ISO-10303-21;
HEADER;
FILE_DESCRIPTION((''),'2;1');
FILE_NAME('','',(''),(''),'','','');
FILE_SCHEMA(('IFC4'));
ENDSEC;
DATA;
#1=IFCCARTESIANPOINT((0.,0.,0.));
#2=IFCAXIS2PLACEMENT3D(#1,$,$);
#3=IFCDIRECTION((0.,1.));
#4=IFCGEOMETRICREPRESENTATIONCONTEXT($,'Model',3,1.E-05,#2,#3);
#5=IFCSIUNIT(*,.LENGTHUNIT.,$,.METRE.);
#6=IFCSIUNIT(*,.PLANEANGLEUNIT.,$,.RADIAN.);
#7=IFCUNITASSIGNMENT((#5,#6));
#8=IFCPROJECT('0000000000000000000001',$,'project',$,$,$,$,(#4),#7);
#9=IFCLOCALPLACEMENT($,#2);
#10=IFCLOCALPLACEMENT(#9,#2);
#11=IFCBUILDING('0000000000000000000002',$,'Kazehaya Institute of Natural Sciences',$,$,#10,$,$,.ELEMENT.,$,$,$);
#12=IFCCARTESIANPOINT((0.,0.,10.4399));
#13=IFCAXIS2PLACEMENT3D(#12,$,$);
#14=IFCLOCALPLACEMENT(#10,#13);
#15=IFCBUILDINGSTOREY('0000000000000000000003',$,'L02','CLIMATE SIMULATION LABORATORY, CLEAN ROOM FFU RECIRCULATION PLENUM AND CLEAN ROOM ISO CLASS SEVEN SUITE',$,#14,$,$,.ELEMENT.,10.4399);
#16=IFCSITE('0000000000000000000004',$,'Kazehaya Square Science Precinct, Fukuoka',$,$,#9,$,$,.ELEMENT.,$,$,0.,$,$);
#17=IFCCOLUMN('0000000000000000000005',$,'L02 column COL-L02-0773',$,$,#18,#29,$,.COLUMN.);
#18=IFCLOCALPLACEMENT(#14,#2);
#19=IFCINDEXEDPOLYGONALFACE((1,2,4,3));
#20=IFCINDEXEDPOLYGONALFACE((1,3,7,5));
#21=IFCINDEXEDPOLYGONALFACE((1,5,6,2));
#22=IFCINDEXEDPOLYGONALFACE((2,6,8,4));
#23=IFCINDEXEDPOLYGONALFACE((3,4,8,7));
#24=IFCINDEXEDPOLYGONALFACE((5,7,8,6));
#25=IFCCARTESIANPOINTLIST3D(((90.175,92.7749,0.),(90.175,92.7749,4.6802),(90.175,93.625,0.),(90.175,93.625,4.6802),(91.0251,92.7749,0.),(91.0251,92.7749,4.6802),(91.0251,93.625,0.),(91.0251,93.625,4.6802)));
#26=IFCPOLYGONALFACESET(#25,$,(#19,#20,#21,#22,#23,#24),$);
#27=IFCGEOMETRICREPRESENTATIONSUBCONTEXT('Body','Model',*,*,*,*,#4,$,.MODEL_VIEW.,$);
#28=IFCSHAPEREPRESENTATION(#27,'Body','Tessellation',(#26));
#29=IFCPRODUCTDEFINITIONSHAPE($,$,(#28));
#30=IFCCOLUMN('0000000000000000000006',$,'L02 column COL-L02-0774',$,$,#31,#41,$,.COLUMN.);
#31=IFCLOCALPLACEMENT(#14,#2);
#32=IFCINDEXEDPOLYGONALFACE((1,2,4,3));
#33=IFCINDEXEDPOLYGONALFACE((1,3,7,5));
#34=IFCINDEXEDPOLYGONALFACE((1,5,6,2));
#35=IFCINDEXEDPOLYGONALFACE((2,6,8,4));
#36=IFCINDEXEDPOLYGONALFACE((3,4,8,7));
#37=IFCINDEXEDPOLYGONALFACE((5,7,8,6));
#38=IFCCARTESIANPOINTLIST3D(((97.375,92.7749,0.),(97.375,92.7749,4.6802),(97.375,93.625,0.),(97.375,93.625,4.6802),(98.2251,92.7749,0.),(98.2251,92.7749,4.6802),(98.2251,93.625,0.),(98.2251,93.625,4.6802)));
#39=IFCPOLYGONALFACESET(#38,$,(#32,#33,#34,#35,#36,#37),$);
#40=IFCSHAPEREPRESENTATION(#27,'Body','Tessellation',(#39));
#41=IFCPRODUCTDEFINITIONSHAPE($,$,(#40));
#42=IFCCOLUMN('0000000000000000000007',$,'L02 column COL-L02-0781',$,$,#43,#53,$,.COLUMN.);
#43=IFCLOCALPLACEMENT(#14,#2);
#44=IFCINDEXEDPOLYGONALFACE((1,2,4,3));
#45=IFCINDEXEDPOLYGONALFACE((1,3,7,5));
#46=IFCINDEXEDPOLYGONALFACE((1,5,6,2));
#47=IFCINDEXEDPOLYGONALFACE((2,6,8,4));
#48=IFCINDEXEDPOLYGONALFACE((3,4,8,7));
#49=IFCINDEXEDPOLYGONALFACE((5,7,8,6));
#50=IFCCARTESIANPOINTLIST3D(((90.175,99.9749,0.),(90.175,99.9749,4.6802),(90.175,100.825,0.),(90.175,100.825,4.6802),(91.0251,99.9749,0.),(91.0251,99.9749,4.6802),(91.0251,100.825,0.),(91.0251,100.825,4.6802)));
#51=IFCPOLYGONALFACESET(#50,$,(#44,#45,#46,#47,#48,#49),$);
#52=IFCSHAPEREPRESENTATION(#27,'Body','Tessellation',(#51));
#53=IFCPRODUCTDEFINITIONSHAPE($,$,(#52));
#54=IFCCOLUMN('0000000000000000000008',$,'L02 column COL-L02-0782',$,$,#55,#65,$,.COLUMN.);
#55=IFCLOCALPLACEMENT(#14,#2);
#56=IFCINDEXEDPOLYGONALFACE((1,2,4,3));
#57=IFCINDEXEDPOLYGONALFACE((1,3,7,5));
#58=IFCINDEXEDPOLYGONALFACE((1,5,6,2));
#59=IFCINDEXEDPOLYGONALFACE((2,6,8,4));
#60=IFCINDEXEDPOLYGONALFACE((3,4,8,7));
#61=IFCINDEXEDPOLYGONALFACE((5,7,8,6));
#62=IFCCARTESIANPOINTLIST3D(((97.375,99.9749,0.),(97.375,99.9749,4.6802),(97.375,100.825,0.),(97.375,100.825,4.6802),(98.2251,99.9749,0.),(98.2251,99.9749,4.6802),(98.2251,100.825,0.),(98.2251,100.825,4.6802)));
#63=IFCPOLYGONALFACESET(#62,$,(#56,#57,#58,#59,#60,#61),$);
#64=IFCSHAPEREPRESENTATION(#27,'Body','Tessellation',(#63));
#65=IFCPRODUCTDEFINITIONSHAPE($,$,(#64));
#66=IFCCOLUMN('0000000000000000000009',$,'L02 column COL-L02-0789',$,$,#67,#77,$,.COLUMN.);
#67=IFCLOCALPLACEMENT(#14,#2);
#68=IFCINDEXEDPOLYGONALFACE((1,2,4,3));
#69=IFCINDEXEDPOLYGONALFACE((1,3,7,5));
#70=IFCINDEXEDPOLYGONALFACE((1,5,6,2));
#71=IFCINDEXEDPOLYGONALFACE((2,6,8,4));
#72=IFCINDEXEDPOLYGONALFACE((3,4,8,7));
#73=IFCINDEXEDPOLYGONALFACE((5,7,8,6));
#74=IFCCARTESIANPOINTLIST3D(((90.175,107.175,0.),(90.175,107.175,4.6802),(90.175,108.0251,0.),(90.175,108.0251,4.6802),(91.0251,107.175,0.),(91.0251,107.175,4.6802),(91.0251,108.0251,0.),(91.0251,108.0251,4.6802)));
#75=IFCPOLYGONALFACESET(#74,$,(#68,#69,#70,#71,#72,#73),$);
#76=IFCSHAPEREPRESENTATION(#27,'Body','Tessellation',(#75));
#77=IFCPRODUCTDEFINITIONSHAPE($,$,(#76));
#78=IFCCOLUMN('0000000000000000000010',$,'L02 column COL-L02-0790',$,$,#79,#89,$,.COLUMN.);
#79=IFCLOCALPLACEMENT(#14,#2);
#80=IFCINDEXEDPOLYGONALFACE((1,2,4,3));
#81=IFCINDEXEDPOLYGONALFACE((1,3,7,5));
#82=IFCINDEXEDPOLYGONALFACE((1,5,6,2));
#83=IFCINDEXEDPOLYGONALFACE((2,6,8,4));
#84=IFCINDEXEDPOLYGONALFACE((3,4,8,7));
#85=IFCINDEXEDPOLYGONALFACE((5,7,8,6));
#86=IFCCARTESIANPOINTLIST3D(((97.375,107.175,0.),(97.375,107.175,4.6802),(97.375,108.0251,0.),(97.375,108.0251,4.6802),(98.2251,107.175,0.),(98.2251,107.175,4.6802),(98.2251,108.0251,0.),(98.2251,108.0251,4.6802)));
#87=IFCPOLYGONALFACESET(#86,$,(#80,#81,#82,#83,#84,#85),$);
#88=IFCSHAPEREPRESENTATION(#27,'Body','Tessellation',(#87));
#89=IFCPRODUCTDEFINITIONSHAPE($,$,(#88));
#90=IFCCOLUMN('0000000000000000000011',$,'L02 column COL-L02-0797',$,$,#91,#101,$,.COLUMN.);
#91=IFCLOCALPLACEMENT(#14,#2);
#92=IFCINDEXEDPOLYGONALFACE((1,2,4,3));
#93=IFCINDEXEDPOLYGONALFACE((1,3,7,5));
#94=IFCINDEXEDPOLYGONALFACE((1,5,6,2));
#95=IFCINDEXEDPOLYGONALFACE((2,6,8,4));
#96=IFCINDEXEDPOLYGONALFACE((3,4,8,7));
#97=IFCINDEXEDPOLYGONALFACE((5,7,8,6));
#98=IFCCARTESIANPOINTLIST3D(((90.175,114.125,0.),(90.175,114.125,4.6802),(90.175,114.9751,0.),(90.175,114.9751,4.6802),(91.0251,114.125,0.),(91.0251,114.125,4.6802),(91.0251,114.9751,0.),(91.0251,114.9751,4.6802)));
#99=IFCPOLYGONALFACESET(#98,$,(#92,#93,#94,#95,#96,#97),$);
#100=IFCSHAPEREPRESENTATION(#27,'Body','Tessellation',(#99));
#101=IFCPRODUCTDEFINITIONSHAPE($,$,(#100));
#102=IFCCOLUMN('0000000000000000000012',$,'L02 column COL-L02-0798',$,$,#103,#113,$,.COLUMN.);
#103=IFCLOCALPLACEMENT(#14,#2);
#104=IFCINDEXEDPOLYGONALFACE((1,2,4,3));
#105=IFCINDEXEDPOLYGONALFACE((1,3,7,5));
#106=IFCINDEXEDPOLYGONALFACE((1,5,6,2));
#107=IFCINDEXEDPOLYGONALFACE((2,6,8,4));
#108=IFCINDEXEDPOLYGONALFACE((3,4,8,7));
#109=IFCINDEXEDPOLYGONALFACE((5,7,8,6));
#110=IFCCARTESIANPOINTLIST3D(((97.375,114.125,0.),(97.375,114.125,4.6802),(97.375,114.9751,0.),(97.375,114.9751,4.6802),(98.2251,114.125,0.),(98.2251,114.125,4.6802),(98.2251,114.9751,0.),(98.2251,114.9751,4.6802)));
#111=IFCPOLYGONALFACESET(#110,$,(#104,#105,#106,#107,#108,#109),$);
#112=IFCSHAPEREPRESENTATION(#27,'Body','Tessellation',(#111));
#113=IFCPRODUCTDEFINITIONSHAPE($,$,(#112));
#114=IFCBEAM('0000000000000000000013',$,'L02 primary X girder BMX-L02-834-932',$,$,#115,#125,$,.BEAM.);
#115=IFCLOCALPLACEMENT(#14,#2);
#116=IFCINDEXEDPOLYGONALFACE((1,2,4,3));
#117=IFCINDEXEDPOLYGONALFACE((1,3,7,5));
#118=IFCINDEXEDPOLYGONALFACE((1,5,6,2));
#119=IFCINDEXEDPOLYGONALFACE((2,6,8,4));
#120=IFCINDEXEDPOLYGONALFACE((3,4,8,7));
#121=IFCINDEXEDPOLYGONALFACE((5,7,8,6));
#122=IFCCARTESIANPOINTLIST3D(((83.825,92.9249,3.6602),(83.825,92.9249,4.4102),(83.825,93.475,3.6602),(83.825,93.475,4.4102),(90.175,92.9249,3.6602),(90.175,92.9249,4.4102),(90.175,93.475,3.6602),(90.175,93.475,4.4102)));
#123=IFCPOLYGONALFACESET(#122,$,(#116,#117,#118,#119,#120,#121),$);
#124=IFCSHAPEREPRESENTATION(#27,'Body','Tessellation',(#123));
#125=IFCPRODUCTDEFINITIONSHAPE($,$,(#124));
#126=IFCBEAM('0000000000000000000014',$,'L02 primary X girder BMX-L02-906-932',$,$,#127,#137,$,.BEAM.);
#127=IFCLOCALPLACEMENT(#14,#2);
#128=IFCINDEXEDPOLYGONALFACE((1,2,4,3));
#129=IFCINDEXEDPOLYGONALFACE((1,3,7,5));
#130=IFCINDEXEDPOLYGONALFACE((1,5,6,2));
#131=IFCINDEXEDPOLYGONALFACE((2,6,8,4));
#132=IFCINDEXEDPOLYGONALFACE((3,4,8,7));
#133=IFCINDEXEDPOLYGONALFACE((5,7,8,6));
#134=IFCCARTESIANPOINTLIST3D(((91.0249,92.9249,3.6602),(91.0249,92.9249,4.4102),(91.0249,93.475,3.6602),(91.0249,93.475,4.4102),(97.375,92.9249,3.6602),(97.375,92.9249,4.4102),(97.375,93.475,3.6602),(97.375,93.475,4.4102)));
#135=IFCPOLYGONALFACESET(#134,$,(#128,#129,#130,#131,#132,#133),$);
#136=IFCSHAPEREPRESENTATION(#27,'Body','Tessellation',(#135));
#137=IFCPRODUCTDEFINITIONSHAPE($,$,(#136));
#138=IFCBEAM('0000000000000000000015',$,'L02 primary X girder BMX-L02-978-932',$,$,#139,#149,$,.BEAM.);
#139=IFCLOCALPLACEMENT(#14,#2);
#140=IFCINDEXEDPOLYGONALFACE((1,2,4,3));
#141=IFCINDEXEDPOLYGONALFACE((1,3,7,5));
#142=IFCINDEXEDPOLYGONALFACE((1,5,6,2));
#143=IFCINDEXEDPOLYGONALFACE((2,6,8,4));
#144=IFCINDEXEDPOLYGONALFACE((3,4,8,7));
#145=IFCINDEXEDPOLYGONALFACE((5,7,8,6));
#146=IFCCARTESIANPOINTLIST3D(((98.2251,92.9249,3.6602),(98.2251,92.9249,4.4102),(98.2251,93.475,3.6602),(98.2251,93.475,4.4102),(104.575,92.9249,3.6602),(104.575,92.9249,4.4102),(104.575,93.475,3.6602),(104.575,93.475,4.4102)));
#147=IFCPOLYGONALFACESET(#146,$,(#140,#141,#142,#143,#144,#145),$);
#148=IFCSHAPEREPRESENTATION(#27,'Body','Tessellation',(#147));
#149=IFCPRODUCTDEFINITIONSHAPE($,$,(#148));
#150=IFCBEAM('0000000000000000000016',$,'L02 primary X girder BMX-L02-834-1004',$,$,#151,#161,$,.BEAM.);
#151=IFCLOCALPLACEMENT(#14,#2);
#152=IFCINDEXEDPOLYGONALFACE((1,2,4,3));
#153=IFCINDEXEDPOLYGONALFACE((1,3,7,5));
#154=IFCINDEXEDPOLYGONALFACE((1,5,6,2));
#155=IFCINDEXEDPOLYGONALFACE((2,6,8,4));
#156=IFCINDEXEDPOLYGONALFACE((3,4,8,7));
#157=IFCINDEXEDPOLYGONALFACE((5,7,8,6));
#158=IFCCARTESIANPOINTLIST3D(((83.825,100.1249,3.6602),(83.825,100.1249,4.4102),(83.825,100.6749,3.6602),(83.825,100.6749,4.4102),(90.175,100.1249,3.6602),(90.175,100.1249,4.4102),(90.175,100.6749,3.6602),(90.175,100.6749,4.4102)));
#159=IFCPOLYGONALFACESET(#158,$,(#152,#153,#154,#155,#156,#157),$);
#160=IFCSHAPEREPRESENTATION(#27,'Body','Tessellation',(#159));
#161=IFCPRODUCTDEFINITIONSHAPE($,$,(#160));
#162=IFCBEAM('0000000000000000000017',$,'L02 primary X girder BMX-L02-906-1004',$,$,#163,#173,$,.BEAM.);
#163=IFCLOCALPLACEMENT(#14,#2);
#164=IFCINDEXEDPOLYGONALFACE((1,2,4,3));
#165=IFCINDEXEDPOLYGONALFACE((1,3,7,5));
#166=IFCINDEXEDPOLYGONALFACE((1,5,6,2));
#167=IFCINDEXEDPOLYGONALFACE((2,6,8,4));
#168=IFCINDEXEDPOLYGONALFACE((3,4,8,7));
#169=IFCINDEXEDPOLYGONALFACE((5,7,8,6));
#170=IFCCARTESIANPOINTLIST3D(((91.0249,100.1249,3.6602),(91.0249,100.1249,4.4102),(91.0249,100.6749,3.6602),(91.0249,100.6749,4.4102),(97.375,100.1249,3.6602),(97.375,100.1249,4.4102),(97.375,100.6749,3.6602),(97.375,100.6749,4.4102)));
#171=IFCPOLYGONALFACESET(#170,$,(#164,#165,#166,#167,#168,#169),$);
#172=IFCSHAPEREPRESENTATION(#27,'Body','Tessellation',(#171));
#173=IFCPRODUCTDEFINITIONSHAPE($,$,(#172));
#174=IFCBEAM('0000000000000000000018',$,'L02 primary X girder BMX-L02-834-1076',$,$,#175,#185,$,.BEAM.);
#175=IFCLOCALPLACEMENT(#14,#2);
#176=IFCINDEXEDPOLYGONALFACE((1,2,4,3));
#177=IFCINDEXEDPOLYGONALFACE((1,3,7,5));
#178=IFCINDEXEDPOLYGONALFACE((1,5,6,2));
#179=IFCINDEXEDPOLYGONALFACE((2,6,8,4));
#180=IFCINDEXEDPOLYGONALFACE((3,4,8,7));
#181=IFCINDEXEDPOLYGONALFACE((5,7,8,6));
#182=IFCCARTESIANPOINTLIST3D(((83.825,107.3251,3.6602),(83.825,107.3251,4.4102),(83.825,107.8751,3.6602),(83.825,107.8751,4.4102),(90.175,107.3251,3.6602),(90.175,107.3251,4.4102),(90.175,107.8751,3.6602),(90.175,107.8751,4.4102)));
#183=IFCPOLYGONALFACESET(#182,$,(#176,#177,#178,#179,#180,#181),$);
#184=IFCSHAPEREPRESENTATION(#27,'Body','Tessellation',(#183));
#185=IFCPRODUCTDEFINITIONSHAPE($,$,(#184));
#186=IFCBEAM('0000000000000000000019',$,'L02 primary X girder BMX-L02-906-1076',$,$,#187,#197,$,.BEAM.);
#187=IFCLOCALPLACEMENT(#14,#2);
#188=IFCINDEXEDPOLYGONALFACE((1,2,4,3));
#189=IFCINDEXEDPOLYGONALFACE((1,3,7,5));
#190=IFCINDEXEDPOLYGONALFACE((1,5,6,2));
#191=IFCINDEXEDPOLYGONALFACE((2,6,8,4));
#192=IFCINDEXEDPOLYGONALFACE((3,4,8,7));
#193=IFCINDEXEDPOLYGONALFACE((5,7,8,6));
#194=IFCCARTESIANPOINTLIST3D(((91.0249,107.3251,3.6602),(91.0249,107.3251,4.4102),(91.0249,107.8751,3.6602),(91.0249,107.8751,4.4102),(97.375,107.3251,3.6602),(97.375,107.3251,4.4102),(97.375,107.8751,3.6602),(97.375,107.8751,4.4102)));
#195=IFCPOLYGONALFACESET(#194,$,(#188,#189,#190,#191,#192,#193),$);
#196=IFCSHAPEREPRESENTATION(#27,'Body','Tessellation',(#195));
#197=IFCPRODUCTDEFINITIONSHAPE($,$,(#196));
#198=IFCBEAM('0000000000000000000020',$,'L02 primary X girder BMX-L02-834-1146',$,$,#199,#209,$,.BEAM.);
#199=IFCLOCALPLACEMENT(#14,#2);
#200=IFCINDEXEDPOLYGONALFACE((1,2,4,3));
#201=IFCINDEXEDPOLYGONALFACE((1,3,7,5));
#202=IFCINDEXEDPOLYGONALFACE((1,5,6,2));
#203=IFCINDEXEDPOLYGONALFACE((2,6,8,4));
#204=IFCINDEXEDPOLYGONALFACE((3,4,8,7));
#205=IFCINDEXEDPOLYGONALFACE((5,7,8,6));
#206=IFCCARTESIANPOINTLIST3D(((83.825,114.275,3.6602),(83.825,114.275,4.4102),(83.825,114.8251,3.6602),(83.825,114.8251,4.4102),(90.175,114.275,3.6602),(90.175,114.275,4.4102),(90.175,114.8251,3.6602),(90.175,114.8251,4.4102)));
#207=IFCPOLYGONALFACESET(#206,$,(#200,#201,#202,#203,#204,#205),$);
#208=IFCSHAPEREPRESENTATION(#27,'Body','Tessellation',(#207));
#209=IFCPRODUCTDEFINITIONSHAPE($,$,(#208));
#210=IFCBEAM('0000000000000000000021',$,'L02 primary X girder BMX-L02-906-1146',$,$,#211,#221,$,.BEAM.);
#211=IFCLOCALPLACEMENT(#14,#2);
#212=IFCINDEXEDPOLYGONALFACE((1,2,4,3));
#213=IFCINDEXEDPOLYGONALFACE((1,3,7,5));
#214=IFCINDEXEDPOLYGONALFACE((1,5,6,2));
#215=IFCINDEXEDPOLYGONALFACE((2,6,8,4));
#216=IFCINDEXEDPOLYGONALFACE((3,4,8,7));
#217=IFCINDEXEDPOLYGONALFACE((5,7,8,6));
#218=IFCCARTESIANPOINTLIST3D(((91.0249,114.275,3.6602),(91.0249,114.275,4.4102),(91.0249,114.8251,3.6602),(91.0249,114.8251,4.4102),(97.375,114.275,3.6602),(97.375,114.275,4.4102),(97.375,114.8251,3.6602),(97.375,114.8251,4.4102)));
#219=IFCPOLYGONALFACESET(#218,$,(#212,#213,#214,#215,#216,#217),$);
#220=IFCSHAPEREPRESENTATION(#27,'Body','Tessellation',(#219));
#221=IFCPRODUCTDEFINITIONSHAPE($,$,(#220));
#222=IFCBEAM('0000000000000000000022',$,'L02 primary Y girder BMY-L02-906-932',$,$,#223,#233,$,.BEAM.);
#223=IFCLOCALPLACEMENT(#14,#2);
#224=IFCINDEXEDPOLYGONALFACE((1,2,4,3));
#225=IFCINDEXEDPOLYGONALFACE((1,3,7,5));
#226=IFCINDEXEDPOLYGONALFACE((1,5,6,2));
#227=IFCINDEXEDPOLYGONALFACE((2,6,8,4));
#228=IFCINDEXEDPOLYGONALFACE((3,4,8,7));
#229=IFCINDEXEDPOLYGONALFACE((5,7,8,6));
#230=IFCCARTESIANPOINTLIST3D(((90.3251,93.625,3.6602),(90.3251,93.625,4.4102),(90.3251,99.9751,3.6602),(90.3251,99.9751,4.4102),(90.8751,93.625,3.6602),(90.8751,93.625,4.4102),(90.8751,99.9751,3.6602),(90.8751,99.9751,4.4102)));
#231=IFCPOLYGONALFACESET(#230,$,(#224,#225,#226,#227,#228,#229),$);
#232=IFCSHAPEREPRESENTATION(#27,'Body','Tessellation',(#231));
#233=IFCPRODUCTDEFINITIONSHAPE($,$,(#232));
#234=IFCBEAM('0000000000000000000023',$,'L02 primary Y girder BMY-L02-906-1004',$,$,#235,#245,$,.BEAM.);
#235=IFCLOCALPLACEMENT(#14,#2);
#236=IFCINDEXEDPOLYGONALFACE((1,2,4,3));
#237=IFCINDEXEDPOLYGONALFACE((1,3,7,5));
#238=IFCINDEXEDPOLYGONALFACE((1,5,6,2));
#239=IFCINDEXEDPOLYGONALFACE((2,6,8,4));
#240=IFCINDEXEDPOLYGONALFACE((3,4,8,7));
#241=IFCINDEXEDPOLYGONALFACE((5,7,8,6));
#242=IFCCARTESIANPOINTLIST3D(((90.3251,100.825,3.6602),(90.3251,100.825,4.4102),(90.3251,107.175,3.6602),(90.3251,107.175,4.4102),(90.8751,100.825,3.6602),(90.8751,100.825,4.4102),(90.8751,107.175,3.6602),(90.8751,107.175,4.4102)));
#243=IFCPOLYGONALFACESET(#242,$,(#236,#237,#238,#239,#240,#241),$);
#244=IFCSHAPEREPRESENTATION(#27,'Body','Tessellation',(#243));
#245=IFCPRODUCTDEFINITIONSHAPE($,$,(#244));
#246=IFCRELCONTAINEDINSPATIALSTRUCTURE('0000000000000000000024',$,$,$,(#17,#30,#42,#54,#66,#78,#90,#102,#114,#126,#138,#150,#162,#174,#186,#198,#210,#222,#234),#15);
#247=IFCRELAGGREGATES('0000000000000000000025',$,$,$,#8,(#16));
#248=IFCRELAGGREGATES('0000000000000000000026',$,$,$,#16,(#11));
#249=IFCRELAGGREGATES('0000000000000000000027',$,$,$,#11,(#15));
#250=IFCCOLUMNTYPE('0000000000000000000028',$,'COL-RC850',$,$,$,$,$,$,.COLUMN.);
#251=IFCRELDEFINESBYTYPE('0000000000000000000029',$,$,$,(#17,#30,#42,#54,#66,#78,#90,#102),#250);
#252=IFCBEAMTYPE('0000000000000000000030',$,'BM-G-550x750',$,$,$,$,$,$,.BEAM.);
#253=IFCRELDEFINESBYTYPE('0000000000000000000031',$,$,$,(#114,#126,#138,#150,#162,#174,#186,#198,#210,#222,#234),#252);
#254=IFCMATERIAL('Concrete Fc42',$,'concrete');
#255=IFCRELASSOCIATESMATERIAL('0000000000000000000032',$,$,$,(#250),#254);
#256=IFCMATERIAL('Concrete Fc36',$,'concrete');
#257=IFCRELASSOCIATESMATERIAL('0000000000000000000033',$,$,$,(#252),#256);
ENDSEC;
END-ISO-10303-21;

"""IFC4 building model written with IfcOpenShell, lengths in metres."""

from ifc_helpers import new_model, si_unit, direction, frame, origin, origin_2d, place, context, subcontext, project, spatial, rectangle, extrude, material, material_profile, profile_set, type_object, element, save


model = new_model("IFC4")

# Units and contexts
model_context = context("Model", 3, precision=1e-05, world=origin(), true_north=direction((0.0, 1.0)))
body_context = subcontext(model_context, "Body", "Model", "MODEL_VIEW")
ifc_project = project(units=[si_unit("LENGTHUNIT", "METRE"), si_unit("PLANEANGLEUNIT", "RADIAN")], contexts=[model_context])

# Site, building, storey
site_placement = place(None, origin())
site = spatial("IfcSite", under=ifc_project, at=site_placement, Name="Kazehaya Square Science Precinct, Fukuoka", CompositionType="ELEMENT", RefElevation=0.0)
building_placement = place(site_placement, origin())
building = spatial("IfcBuilding", under=site, at=building_placement, Name="Kazehaya Institute of Natural Sciences", CompositionType="ELEMENT")
storey_placement = place(building_placement, frame((0.0, 0.0, 10.4399)))
storey = spatial("IfcBuildingStorey", under=building, at=storey_placement, Name="L02", Description="CLIMATE SIMULATION LABORATORY, CLEAN ROOM FFU RECIRCULATION PLENUM AND CLEAN ROOM ISO CLASS SEVEN SUITE", CompositionType="ELEMENT", Elevation=10.4399)

# Columns
ifc_material_1 = material(Name="Concrete Fc42", Category="concrete")
ifc_material_profile_1 = material_profile(ifc_material_1, rectangle(XDim=0.8501, YDim=0.8501, at=origin_2d()), Name="RC-850x850")
ifc_profile_set_1 = profile_set([ifc_material_profile_1], Name="Concrete Fc42")
column_type = type_object("IfcColumnType", Name="COL-RC850", PredefinedType="COLUMN", material=ifc_profile_set_1)
for number, where, z_axis, x_axis, name in (
    (1, (90.6001, 93.2, 0.0), (0.0, 0.0, 1.0), (1.0, 0.0, 0.0), "L02 column COL-L02-0773"),
    (2, (97.8, 93.2, 0.0), (0.0, 0.0, 1.0), (1.0, 0.0, 0.0), "L02 column COL-L02-0774"),
    (3, (90.6001, 100.3999, 0.0), (0.0, 0.0, 1.0), (1.0, 0.0, 0.0), "L02 column COL-L02-0781"),
    (4, (97.8, 100.3999, 0.0), (0.0, 0.0, 1.0), (1.0, 0.0, 0.0), "L02 column COL-L02-0782"),
    (5, (90.6001, 107.6001, 0.0), (0.0, 0.0, 1.0), (1.0, 0.0, 0.0), "L02 column COL-L02-0789"),
    (6, (97.8, 107.6001, 0.0), (0.0, 0.0, 1.0), (1.0, 0.0, 0.0), "L02 column COL-L02-0790"),
    (7, (90.6001, 114.55, 0.0), (0.0, 0.0, 1.0), (1.0, 0.0, 0.0), "L02 column COL-L02-0797"),
    (8, (97.8, 114.55, 0.0), (0.0, 0.0, 1.0), (1.0, 0.0, 0.0), "L02 column COL-L02-0798"),
):
    element("IfcColumn", number, at=place(storey_placement, frame(where, z_axis=z_axis, x_axis=x_axis)), inside=storey, type_object=column_type, Name=name, PredefinedType="COLUMN", context=body_context, shape_type="SweptSolid", body=[
        extrude(rectangle(XDim=0.8501, YDim=0.8501, at=origin_2d()), origin(), (0.0, 0.0, 1.0), 4.6802),
    ])

# Beams
ifc_material_2 = material(Name="Concrete Fc36", Category="concrete")
ifc_material_profile_2 = material_profile(ifc_material_2, rectangle(XDim=0.55, YDim=0.75, at=origin_2d()), Name="RC-550x750")
ifc_profile_set_2 = profile_set([ifc_material_profile_2], Name="Concrete Fc36")
beam_type = type_object("IfcBeamType", Name="BM-G-550x750", PredefinedType="BEAM", material=ifc_profile_set_2)
for number, where, z_axis, x_axis, name in (
    (9, (83.825, 93.2, 4.0352), (1.0, 0.0, 0.0), (0.0, 1.0, 0.0), "L02 primary X girder BMX-L02-834-932"),
    (10, (91.0249, 93.2, 4.0352), (1.0, 0.0, 0.0), (0.0, 1.0, 0.0), "L02 primary X girder BMX-L02-906-932"),
):
    element("IfcBeam", number, at=place(storey_placement, frame(where, z_axis=z_axis, x_axis=x_axis)), inside=storey, type_object=beam_type, Name=name, PredefinedType="BEAM", context=body_context, shape_type="SweptSolid", body=[
        extrude(rectangle(XDim=0.55, YDim=0.75, at=origin_2d()), origin(), (0.0, 0.0, 1.0), 6.3501),
    ])
beam_1_placement = place(storey_placement, frame((98.2251, 93.2, 4.0352), z_axis=(1.0, 0.0, 0.0), x_axis=(0.0, 1.0, 0.0)))
element("IfcBeam", 11, at=beam_1_placement, inside=storey, type_object=beam_type, Name="L02 primary X girder BMX-L02-978-932", PredefinedType="BEAM", context=body_context, shape_type="SweptSolid", body=[
    extrude(rectangle(XDim=0.55, YDim=0.75, at=origin_2d()), origin(), (0.0, 0.0, 1.0), 6.3499),
])
for number, where, z_axis, x_axis, name in (
    (12, (83.825, 100.3999, 4.0352), (1.0, 0.0, 0.0), (0.0, 1.0, 0.0), "L02 primary X girder BMX-L02-834-1004"),
    (13, (91.0249, 100.3999, 4.0352), (1.0, 0.0, 0.0), (0.0, 1.0, 0.0), "L02 primary X girder BMX-L02-906-1004"),
    (14, (83.825, 107.6001, 4.0352), (1.0, 0.0, 0.0), (0.0, 1.0, 0.0), "L02 primary X girder BMX-L02-834-1076"),
    (15, (91.0249, 107.6001, 4.0352), (1.0, 0.0, 0.0), (0.0, 1.0, 0.0), "L02 primary X girder BMX-L02-906-1076"),
    (16, (83.825, 114.55, 4.0352), (1.0, 0.0, 0.0), (0.0, 1.0, 0.0), "L02 primary X girder BMX-L02-834-1146"),
    (17, (91.0249, 114.55, 4.0352), (1.0, 0.0, 0.0), (0.0, 1.0, 0.0), "L02 primary X girder BMX-L02-906-1146"),
    (18, (90.6001, 93.625, 4.0352), (0.0, 1.0, 0.0), (-1.0, 0.0, 0.0), "L02 primary Y girder BMY-L02-906-932"),
    (19, (90.6001, 100.825, 4.0352), (0.0, 1.0, 0.0), (-1.0, 0.0, 0.0), "L02 primary Y girder BMY-L02-906-1004"),
):
    element("IfcBeam", number, at=place(storey_placement, frame(where, z_axis=z_axis, x_axis=x_axis)), inside=storey, type_object=beam_type, Name=name, PredefinedType="BEAM", context=body_context, shape_type="SweptSolid", body=[
        extrude(rectangle(XDim=0.55, YDim=0.75, at=origin_2d()), origin(), (0.0, 0.0, 1.0), 6.3501),
    ])

save(model, "model.ifc")
